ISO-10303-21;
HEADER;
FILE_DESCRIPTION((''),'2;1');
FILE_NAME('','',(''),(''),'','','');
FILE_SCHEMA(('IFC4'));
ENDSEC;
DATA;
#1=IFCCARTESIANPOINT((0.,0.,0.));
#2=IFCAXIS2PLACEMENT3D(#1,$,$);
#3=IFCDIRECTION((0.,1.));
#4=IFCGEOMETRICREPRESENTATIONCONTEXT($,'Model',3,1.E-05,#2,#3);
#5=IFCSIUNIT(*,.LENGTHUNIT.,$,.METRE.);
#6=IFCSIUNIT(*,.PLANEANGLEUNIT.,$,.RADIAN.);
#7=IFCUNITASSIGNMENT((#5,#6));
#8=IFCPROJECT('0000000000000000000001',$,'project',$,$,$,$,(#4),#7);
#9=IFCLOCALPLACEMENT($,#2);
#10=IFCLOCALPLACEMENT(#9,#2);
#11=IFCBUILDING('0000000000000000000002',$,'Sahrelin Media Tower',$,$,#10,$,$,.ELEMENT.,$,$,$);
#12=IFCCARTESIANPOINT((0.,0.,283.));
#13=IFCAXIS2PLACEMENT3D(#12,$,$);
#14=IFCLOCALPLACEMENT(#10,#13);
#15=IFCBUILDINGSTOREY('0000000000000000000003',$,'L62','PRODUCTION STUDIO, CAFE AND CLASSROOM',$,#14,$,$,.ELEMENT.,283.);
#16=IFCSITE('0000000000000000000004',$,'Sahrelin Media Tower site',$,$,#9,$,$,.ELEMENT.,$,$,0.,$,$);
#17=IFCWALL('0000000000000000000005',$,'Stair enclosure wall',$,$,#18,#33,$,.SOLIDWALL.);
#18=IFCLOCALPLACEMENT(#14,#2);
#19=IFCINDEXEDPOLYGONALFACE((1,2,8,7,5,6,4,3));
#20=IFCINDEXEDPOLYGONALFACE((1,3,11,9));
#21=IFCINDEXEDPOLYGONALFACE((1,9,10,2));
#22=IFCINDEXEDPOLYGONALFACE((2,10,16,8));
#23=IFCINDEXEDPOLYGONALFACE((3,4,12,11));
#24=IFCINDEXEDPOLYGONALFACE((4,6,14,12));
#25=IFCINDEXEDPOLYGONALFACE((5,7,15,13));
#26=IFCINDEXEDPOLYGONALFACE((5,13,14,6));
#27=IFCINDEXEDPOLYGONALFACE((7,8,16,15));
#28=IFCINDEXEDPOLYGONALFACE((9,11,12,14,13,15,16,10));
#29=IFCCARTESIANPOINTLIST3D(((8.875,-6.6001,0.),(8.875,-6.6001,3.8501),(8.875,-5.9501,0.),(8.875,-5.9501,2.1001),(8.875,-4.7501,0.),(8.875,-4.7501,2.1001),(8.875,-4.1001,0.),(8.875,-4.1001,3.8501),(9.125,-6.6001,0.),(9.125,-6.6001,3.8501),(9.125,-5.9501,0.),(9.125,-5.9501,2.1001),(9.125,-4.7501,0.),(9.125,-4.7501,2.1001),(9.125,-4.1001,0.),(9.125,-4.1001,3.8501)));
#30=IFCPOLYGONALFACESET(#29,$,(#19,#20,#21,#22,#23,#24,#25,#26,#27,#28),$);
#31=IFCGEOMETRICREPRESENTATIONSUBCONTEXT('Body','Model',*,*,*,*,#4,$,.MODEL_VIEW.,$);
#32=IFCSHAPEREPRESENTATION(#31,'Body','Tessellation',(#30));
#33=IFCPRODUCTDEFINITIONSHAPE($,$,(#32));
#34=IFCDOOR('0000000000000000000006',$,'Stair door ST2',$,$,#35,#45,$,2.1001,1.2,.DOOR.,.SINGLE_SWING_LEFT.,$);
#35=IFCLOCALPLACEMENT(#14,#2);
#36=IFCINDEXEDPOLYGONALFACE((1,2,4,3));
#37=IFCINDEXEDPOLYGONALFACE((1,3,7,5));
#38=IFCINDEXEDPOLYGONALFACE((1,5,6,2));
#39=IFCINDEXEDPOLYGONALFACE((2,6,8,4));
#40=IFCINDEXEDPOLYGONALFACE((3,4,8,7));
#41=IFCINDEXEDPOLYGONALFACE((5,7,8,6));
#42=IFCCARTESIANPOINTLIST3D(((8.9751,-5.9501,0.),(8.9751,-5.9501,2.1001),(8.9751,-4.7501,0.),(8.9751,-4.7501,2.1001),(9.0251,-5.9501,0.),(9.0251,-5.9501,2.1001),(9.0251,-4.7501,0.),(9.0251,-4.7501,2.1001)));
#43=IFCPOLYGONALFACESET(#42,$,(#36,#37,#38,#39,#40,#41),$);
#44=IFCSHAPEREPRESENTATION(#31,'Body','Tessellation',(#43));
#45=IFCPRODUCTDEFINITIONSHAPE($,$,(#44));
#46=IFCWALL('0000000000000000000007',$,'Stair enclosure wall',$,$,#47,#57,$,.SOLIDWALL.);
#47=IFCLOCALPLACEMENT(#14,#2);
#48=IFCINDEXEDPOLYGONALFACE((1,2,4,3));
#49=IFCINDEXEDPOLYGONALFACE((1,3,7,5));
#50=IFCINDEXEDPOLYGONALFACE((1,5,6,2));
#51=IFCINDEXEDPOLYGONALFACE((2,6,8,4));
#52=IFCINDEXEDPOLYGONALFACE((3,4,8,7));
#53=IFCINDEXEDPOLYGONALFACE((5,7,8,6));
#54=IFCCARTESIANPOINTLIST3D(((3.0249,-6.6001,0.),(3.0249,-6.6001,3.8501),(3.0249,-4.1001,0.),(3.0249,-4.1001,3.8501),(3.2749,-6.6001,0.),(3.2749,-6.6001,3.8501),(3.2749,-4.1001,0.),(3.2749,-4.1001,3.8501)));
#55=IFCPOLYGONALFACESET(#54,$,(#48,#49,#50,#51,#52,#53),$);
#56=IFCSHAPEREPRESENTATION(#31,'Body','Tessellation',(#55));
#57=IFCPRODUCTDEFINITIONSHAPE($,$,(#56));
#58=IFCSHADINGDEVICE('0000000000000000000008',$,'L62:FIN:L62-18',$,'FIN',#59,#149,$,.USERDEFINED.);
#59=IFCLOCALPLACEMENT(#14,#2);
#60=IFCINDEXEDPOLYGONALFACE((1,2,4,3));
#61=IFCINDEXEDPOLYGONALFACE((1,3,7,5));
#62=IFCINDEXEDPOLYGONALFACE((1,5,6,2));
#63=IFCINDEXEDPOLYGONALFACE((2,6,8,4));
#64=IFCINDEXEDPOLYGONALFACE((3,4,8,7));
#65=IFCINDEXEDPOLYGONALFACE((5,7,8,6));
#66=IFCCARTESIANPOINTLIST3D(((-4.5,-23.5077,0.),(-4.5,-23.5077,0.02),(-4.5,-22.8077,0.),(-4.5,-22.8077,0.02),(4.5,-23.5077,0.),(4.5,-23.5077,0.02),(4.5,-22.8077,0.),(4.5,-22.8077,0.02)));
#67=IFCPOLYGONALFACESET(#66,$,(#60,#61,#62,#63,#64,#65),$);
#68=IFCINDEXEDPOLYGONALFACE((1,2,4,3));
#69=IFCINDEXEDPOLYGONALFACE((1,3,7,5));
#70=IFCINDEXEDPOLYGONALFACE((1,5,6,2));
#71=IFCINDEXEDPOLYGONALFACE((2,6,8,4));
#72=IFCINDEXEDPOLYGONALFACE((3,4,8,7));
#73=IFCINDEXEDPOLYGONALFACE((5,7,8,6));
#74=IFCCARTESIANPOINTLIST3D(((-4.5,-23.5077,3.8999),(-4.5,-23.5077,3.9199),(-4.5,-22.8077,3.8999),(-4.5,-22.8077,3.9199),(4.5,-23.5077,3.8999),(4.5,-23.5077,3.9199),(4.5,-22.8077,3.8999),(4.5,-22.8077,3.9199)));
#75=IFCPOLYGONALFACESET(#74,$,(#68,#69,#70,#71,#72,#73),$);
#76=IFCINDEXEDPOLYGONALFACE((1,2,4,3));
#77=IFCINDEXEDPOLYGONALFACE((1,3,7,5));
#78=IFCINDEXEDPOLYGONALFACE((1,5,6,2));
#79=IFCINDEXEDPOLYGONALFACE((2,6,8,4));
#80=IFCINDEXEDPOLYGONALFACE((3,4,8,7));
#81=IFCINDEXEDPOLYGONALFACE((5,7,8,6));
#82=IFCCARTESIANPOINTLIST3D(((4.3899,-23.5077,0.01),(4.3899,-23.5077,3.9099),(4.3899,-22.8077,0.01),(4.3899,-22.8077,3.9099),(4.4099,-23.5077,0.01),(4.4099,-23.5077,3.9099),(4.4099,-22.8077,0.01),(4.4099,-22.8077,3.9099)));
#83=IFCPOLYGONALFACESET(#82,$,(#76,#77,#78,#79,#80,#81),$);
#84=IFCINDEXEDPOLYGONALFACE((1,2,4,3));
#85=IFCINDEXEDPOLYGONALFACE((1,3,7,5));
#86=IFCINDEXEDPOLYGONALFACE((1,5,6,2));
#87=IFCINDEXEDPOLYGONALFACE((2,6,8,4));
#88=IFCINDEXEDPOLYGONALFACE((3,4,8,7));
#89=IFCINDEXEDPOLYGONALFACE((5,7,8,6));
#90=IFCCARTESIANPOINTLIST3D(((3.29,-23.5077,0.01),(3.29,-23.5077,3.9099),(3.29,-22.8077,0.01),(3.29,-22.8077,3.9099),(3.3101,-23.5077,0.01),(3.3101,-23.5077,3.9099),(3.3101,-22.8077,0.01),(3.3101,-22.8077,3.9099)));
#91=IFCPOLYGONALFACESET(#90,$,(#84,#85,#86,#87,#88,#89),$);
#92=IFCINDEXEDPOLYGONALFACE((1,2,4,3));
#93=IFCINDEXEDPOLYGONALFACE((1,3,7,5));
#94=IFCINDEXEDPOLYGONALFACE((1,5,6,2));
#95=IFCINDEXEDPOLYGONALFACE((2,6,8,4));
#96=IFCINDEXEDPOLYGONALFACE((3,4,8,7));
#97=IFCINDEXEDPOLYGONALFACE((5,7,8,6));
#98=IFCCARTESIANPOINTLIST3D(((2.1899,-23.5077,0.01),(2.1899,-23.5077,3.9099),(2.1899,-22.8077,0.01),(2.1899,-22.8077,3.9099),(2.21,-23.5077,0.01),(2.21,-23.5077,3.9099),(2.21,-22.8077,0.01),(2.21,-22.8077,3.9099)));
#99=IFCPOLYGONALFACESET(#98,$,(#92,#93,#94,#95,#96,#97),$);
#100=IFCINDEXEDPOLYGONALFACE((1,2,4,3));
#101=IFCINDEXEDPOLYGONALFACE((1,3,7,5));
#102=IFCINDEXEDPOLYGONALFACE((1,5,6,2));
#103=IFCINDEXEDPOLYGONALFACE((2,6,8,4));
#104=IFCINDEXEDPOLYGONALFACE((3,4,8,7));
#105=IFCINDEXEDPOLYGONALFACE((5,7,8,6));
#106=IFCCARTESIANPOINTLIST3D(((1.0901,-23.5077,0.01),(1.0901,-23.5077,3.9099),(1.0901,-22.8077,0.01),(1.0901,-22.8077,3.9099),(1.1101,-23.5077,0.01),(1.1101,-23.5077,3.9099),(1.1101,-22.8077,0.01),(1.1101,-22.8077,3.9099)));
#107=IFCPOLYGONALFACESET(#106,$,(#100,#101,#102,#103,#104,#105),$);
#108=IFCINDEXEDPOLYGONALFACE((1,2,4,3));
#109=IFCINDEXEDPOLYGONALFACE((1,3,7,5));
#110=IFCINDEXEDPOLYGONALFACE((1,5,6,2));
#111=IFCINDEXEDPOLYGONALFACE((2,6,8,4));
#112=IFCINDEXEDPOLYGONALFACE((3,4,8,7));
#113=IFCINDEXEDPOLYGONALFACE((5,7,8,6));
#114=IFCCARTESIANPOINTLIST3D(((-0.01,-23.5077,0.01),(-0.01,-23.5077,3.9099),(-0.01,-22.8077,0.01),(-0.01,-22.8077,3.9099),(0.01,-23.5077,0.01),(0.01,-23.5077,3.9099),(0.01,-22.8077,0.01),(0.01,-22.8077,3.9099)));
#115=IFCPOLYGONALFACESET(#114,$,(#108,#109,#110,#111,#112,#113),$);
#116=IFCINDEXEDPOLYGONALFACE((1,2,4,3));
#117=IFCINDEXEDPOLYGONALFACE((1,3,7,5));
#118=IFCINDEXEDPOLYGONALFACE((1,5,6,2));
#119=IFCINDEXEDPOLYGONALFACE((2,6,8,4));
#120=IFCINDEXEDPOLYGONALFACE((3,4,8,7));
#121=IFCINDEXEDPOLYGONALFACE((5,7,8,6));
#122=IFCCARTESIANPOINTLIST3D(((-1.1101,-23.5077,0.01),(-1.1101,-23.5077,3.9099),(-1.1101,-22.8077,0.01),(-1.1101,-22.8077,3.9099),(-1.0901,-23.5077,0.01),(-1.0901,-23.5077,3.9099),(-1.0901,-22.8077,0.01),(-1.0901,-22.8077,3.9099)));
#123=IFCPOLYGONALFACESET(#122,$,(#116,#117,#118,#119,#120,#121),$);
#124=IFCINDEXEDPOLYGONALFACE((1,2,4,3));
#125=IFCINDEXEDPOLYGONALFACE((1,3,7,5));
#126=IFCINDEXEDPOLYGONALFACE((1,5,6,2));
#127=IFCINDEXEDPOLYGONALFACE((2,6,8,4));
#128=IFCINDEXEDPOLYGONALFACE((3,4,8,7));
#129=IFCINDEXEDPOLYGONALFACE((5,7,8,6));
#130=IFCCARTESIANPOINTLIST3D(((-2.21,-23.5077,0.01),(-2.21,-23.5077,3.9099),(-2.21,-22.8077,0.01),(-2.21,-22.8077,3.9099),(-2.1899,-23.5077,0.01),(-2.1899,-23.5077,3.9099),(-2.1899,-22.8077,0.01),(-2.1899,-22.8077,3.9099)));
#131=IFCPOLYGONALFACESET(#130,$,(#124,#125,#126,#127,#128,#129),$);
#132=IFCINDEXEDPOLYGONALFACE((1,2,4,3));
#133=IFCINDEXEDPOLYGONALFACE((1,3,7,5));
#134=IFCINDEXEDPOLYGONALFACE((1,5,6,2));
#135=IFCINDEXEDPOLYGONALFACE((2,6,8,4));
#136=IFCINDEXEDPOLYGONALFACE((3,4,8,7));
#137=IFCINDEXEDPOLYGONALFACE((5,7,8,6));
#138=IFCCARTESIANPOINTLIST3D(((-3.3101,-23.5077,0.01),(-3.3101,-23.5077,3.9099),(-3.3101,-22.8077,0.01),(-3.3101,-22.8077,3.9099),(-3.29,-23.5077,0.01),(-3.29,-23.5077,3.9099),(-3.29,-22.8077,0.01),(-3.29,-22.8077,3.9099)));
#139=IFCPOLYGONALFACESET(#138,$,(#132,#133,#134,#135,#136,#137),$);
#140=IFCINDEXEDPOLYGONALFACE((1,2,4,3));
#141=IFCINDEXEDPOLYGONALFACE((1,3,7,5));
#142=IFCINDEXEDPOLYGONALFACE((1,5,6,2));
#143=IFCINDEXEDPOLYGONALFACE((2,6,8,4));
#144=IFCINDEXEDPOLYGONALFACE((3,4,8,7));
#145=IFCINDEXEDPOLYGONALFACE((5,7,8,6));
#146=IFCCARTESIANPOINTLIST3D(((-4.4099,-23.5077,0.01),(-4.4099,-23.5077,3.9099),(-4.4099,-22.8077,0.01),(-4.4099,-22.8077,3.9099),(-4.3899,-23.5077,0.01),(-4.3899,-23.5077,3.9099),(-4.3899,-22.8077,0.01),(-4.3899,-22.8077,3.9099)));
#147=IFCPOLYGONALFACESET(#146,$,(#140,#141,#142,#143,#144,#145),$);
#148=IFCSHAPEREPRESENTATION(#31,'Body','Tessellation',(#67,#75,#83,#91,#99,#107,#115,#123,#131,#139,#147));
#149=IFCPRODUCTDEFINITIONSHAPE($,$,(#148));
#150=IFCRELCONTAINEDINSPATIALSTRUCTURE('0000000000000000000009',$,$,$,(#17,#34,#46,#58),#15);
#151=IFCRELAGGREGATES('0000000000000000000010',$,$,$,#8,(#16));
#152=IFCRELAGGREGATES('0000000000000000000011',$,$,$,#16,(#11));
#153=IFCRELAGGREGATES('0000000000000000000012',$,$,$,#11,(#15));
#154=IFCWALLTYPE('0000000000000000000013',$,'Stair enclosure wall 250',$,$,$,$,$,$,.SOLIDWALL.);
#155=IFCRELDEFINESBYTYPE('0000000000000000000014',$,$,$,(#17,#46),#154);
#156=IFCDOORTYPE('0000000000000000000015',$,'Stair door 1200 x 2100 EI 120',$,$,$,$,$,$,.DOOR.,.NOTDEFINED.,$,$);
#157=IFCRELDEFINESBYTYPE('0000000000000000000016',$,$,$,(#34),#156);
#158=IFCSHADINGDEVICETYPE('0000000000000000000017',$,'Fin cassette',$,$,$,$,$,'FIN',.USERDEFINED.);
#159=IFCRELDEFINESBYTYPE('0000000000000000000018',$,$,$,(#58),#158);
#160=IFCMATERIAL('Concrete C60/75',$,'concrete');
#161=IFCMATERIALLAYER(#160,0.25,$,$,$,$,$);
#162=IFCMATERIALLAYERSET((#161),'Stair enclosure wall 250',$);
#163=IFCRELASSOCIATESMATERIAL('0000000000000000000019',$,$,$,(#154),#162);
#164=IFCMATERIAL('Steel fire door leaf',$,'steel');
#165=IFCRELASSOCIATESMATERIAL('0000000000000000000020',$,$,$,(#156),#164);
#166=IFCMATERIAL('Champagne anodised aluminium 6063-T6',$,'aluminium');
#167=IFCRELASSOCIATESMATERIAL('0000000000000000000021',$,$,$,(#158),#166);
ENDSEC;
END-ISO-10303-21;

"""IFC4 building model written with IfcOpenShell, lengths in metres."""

from ifc_helpers import new_model, si_unit, direction, frame, frame_2d, origin, origin_2d, place, context, subcontext, project, spatial, rectangle, extrude, material, layer, layer_set, type_object, element, fill, save


model = new_model("IFC4")

# Units and contexts
model_context = context("Model", 3, precision=1e-05, world=origin(), true_north=direction((0.0, 1.0)))
body_context = subcontext(model_context, "Body", "Model", "MODEL_VIEW")
ifc_project = project(units=[si_unit("LENGTHUNIT", "METRE"), si_unit("PLANEANGLEUNIT", "RADIAN")], contexts=[model_context])

# Site, building, storey
site_placement = place(None, origin())
site = spatial("IfcSite", under=ifc_project, at=site_placement, Name="Sahrelin Media Tower site", CompositionType="ELEMENT", RefElevation=0.0)
building_placement = place(site_placement, origin())
building = spatial("IfcBuilding", under=site, at=building_placement, Name="Sahrelin Media Tower", CompositionType="ELEMENT")
storey_placement = place(building_placement, frame((0.0, 0.0, 283.0)))
storey = spatial("IfcBuildingStorey", under=building, at=storey_placement, Name="L62", Description="PRODUCTION STUDIO, CAFE AND CLASSROOM", CompositionType="ELEMENT", Elevation=283.0)

# Shared definitions
ifc_material_1 = material(Name="Champagne anodised aluminium 6063-T6", Category="aluminium")

# Wall, opening, door
ifc_material_2 = material(Name="Concrete C60/75", Category="concrete")
ifc_layer_1 = layer(ifc_material_2, 0.25)
ifc_layer_set_1 = layer_set([ifc_layer_1], Name="Stair enclosure wall 250")
wall_type_1 = type_object("IfcWallType", Name="Stair enclosure wall 250", PredefinedType="SOLIDWALL", material=ifc_layer_set_1)
wall_1_placement = place(storey_placement, frame((9.0, -6.6001, 0.0), z_axis=(0.0, 0.0, 1.0), x_axis=(0.0, 1.0, 0.0)))
wall_1 = element("IfcWall", 1, at=wall_1_placement, inside=storey, type_object=wall_type_1, Name="Stair enclosure wall", PredefinedType="SOLIDWALL", context=body_context, shape_type="SweptSolid", body=[
    extrude(rectangle(XDim=2.5, YDim=0.25, at=frame_2d((1.25, 0.0))), origin(), (0.0, 0.0, 1.0), 3.8501),
])
opening_placement = place(wall_1_placement, frame((0.6499, 0.0, 0.0)))
opening = element("IfcOpeningElement", 2, at=opening_placement, cuts=wall_1, PredefinedType="OPENING", context=body_context, shape_type="SweptSolid", body=[
    extrude(rectangle(XDim=1.2, YDim=2.1001, at=frame_2d((0.6001, 1.05))), frame((0.0, 0.125, 0.0), z_axis=(0.0, -1.0, 0.0), x_axis=(1.0, 0.0, 0.0)), (0.0, 0.0, 1.0), 0.25),
])
ifc_material_3 = material(Name="Steel fire door leaf", Category="steel")
door_type = type_object("IfcDoorType", Name="Stair door 1200 x 2100 EI 120", OperationType="NOTDEFINED", PredefinedType="DOOR", material=ifc_material_3)
door_placement = place(opening_placement, origin())
door = element("IfcDoor", 3, at=door_placement, inside=storey, type_object=door_type, Name="Stair door ST2", OperationType="SINGLE_SWING_LEFT", OverallHeight=2.1001, OverallWidth=1.2, PredefinedType="DOOR", context=body_context, shape_type="SweptSolid", body=[
    extrude(rectangle(XDim=1.2, YDim=2.1001, at=frame_2d((0.6001, 1.05))), frame((0.0, 0.0249, 0.0), z_axis=(0.0, -1.0, 0.0), x_axis=(1.0, 0.0, 0.0)), (0.0, 0.0, 1.0), 0.05),
])
fill(opening, door)

# Wall
wall_2_placement = place(storey_placement, frame((3.1499, -6.6001, 0.0), z_axis=(0.0, 0.0, 1.0), x_axis=(0.0, 1.0, 0.0)))
element("IfcWall", 4, at=wall_2_placement, inside=storey, type_object=wall_type_1, Name="Stair enclosure wall", PredefinedType="SOLIDWALL", context=body_context, shape_type="SweptSolid", body=[
    extrude(rectangle(XDim=2.5, YDim=0.25, at=frame_2d((1.25, 0.0))), origin(), (0.0, 0.0, 1.0), 3.8501),
])

# Shading device
shading_device_type_1 = type_object("IfcShadingDeviceType", Name="Fin cassette", ElementType="FIN", PredefinedType="USERDEFINED", material=ifc_material_1)
placement_1 = place(storey_placement, frame((0.0, -22.7378, 0.0), z_axis=(0.0, 0.0, 1.0), x_axis=(-1.0, 0.0, 0.0)))
element("IfcShadingDevice", 5, at=placement_1, inside=storey, type_object=shading_device_type_1, Name="L62:FIN:L62-18", ObjectType="FIN", PredefinedType="USERDEFINED", context=body_context, shape_type="SweptSolid", body=[
    extrude(rectangle(XDim=9.0, YDim=0.7, at=origin_2d()), frame((0.0, 0.4199, 0.0)), (0.0, 0.0, 1.0), 0.02),
    extrude(rectangle(XDim=9.0, YDim=0.7, at=origin_2d()), frame((0.0, 0.4199, 3.8999)), (0.0, 0.0, 1.0), 0.02),
    extrude(rectangle(XDim=0.02, YDim=0.7, at=origin_2d()), frame((-4.3999, 0.4199, 0.01), z_axis=(0.0, 0.0, 1.0), x_axis=(1.0, 0.0, 0.0)), (0.0, 0.0, 1.0), 3.8999),
    extrude(rectangle(XDim=0.02, YDim=0.7, at=origin_2d()), frame((-3.3, 0.4199, 0.01), z_axis=(0.0, 0.0, 1.0), x_axis=(1.0, 0.0, 0.0)), (0.0, 0.0, 1.0), 3.8999),
    extrude(rectangle(XDim=0.02, YDim=0.7, at=origin_2d()), frame((-2.2, 0.4199, 0.01), z_axis=(0.0, 0.0, 1.0), x_axis=(1.0, 0.0, 0.0)), (0.0, 0.0, 1.0), 3.8999),
    extrude(rectangle(XDim=0.02, YDim=0.7, at=origin_2d()), frame((-1.1001, 0.4199, 0.01), z_axis=(0.0, 0.0, 1.0), x_axis=(1.0, 0.0, 0.0)), (0.0, 0.0, 1.0), 3.8999),
    extrude(rectangle(XDim=0.02, YDim=0.7, at=origin_2d()), frame((0.0, 0.4199, 0.01), z_axis=(0.0, 0.0, 1.0), x_axis=(1.0, 0.0, 0.0)), (0.0, 0.0, 1.0), 3.8999),
    extrude(rectangle(XDim=0.02, YDim=0.7, at=origin_2d()), frame((1.1001, 0.4199, 0.01), z_axis=(0.0, 0.0, 1.0), x_axis=(1.0, 0.0, 0.0)), (0.0, 0.0, 1.0), 3.8999),
    extrude(rectangle(XDim=0.02, YDim=0.7, at=origin_2d()), frame((2.2, 0.4199, 0.01), z_axis=(0.0, 0.0, 1.0), x_axis=(1.0, 0.0, 0.0)), (0.0, 0.0, 1.0), 3.8999),
    extrude(rectangle(XDim=0.02, YDim=0.7, at=origin_2d()), frame((3.3, 0.4199, 0.01), z_axis=(0.0, 0.0, 1.0), x_axis=(1.0, 0.0, 0.0)), (0.0, 0.0, 1.0), 3.8999),
    extrude(rectangle(XDim=0.02, YDim=0.7, at=origin_2d()), frame((4.3999, 0.4199, 0.01), z_axis=(0.0, 0.0, 1.0), x_axis=(1.0, 0.0, 0.0)), (0.0, 0.0, 1.0), 3.8999),
])

save(model, "model.ifc")
